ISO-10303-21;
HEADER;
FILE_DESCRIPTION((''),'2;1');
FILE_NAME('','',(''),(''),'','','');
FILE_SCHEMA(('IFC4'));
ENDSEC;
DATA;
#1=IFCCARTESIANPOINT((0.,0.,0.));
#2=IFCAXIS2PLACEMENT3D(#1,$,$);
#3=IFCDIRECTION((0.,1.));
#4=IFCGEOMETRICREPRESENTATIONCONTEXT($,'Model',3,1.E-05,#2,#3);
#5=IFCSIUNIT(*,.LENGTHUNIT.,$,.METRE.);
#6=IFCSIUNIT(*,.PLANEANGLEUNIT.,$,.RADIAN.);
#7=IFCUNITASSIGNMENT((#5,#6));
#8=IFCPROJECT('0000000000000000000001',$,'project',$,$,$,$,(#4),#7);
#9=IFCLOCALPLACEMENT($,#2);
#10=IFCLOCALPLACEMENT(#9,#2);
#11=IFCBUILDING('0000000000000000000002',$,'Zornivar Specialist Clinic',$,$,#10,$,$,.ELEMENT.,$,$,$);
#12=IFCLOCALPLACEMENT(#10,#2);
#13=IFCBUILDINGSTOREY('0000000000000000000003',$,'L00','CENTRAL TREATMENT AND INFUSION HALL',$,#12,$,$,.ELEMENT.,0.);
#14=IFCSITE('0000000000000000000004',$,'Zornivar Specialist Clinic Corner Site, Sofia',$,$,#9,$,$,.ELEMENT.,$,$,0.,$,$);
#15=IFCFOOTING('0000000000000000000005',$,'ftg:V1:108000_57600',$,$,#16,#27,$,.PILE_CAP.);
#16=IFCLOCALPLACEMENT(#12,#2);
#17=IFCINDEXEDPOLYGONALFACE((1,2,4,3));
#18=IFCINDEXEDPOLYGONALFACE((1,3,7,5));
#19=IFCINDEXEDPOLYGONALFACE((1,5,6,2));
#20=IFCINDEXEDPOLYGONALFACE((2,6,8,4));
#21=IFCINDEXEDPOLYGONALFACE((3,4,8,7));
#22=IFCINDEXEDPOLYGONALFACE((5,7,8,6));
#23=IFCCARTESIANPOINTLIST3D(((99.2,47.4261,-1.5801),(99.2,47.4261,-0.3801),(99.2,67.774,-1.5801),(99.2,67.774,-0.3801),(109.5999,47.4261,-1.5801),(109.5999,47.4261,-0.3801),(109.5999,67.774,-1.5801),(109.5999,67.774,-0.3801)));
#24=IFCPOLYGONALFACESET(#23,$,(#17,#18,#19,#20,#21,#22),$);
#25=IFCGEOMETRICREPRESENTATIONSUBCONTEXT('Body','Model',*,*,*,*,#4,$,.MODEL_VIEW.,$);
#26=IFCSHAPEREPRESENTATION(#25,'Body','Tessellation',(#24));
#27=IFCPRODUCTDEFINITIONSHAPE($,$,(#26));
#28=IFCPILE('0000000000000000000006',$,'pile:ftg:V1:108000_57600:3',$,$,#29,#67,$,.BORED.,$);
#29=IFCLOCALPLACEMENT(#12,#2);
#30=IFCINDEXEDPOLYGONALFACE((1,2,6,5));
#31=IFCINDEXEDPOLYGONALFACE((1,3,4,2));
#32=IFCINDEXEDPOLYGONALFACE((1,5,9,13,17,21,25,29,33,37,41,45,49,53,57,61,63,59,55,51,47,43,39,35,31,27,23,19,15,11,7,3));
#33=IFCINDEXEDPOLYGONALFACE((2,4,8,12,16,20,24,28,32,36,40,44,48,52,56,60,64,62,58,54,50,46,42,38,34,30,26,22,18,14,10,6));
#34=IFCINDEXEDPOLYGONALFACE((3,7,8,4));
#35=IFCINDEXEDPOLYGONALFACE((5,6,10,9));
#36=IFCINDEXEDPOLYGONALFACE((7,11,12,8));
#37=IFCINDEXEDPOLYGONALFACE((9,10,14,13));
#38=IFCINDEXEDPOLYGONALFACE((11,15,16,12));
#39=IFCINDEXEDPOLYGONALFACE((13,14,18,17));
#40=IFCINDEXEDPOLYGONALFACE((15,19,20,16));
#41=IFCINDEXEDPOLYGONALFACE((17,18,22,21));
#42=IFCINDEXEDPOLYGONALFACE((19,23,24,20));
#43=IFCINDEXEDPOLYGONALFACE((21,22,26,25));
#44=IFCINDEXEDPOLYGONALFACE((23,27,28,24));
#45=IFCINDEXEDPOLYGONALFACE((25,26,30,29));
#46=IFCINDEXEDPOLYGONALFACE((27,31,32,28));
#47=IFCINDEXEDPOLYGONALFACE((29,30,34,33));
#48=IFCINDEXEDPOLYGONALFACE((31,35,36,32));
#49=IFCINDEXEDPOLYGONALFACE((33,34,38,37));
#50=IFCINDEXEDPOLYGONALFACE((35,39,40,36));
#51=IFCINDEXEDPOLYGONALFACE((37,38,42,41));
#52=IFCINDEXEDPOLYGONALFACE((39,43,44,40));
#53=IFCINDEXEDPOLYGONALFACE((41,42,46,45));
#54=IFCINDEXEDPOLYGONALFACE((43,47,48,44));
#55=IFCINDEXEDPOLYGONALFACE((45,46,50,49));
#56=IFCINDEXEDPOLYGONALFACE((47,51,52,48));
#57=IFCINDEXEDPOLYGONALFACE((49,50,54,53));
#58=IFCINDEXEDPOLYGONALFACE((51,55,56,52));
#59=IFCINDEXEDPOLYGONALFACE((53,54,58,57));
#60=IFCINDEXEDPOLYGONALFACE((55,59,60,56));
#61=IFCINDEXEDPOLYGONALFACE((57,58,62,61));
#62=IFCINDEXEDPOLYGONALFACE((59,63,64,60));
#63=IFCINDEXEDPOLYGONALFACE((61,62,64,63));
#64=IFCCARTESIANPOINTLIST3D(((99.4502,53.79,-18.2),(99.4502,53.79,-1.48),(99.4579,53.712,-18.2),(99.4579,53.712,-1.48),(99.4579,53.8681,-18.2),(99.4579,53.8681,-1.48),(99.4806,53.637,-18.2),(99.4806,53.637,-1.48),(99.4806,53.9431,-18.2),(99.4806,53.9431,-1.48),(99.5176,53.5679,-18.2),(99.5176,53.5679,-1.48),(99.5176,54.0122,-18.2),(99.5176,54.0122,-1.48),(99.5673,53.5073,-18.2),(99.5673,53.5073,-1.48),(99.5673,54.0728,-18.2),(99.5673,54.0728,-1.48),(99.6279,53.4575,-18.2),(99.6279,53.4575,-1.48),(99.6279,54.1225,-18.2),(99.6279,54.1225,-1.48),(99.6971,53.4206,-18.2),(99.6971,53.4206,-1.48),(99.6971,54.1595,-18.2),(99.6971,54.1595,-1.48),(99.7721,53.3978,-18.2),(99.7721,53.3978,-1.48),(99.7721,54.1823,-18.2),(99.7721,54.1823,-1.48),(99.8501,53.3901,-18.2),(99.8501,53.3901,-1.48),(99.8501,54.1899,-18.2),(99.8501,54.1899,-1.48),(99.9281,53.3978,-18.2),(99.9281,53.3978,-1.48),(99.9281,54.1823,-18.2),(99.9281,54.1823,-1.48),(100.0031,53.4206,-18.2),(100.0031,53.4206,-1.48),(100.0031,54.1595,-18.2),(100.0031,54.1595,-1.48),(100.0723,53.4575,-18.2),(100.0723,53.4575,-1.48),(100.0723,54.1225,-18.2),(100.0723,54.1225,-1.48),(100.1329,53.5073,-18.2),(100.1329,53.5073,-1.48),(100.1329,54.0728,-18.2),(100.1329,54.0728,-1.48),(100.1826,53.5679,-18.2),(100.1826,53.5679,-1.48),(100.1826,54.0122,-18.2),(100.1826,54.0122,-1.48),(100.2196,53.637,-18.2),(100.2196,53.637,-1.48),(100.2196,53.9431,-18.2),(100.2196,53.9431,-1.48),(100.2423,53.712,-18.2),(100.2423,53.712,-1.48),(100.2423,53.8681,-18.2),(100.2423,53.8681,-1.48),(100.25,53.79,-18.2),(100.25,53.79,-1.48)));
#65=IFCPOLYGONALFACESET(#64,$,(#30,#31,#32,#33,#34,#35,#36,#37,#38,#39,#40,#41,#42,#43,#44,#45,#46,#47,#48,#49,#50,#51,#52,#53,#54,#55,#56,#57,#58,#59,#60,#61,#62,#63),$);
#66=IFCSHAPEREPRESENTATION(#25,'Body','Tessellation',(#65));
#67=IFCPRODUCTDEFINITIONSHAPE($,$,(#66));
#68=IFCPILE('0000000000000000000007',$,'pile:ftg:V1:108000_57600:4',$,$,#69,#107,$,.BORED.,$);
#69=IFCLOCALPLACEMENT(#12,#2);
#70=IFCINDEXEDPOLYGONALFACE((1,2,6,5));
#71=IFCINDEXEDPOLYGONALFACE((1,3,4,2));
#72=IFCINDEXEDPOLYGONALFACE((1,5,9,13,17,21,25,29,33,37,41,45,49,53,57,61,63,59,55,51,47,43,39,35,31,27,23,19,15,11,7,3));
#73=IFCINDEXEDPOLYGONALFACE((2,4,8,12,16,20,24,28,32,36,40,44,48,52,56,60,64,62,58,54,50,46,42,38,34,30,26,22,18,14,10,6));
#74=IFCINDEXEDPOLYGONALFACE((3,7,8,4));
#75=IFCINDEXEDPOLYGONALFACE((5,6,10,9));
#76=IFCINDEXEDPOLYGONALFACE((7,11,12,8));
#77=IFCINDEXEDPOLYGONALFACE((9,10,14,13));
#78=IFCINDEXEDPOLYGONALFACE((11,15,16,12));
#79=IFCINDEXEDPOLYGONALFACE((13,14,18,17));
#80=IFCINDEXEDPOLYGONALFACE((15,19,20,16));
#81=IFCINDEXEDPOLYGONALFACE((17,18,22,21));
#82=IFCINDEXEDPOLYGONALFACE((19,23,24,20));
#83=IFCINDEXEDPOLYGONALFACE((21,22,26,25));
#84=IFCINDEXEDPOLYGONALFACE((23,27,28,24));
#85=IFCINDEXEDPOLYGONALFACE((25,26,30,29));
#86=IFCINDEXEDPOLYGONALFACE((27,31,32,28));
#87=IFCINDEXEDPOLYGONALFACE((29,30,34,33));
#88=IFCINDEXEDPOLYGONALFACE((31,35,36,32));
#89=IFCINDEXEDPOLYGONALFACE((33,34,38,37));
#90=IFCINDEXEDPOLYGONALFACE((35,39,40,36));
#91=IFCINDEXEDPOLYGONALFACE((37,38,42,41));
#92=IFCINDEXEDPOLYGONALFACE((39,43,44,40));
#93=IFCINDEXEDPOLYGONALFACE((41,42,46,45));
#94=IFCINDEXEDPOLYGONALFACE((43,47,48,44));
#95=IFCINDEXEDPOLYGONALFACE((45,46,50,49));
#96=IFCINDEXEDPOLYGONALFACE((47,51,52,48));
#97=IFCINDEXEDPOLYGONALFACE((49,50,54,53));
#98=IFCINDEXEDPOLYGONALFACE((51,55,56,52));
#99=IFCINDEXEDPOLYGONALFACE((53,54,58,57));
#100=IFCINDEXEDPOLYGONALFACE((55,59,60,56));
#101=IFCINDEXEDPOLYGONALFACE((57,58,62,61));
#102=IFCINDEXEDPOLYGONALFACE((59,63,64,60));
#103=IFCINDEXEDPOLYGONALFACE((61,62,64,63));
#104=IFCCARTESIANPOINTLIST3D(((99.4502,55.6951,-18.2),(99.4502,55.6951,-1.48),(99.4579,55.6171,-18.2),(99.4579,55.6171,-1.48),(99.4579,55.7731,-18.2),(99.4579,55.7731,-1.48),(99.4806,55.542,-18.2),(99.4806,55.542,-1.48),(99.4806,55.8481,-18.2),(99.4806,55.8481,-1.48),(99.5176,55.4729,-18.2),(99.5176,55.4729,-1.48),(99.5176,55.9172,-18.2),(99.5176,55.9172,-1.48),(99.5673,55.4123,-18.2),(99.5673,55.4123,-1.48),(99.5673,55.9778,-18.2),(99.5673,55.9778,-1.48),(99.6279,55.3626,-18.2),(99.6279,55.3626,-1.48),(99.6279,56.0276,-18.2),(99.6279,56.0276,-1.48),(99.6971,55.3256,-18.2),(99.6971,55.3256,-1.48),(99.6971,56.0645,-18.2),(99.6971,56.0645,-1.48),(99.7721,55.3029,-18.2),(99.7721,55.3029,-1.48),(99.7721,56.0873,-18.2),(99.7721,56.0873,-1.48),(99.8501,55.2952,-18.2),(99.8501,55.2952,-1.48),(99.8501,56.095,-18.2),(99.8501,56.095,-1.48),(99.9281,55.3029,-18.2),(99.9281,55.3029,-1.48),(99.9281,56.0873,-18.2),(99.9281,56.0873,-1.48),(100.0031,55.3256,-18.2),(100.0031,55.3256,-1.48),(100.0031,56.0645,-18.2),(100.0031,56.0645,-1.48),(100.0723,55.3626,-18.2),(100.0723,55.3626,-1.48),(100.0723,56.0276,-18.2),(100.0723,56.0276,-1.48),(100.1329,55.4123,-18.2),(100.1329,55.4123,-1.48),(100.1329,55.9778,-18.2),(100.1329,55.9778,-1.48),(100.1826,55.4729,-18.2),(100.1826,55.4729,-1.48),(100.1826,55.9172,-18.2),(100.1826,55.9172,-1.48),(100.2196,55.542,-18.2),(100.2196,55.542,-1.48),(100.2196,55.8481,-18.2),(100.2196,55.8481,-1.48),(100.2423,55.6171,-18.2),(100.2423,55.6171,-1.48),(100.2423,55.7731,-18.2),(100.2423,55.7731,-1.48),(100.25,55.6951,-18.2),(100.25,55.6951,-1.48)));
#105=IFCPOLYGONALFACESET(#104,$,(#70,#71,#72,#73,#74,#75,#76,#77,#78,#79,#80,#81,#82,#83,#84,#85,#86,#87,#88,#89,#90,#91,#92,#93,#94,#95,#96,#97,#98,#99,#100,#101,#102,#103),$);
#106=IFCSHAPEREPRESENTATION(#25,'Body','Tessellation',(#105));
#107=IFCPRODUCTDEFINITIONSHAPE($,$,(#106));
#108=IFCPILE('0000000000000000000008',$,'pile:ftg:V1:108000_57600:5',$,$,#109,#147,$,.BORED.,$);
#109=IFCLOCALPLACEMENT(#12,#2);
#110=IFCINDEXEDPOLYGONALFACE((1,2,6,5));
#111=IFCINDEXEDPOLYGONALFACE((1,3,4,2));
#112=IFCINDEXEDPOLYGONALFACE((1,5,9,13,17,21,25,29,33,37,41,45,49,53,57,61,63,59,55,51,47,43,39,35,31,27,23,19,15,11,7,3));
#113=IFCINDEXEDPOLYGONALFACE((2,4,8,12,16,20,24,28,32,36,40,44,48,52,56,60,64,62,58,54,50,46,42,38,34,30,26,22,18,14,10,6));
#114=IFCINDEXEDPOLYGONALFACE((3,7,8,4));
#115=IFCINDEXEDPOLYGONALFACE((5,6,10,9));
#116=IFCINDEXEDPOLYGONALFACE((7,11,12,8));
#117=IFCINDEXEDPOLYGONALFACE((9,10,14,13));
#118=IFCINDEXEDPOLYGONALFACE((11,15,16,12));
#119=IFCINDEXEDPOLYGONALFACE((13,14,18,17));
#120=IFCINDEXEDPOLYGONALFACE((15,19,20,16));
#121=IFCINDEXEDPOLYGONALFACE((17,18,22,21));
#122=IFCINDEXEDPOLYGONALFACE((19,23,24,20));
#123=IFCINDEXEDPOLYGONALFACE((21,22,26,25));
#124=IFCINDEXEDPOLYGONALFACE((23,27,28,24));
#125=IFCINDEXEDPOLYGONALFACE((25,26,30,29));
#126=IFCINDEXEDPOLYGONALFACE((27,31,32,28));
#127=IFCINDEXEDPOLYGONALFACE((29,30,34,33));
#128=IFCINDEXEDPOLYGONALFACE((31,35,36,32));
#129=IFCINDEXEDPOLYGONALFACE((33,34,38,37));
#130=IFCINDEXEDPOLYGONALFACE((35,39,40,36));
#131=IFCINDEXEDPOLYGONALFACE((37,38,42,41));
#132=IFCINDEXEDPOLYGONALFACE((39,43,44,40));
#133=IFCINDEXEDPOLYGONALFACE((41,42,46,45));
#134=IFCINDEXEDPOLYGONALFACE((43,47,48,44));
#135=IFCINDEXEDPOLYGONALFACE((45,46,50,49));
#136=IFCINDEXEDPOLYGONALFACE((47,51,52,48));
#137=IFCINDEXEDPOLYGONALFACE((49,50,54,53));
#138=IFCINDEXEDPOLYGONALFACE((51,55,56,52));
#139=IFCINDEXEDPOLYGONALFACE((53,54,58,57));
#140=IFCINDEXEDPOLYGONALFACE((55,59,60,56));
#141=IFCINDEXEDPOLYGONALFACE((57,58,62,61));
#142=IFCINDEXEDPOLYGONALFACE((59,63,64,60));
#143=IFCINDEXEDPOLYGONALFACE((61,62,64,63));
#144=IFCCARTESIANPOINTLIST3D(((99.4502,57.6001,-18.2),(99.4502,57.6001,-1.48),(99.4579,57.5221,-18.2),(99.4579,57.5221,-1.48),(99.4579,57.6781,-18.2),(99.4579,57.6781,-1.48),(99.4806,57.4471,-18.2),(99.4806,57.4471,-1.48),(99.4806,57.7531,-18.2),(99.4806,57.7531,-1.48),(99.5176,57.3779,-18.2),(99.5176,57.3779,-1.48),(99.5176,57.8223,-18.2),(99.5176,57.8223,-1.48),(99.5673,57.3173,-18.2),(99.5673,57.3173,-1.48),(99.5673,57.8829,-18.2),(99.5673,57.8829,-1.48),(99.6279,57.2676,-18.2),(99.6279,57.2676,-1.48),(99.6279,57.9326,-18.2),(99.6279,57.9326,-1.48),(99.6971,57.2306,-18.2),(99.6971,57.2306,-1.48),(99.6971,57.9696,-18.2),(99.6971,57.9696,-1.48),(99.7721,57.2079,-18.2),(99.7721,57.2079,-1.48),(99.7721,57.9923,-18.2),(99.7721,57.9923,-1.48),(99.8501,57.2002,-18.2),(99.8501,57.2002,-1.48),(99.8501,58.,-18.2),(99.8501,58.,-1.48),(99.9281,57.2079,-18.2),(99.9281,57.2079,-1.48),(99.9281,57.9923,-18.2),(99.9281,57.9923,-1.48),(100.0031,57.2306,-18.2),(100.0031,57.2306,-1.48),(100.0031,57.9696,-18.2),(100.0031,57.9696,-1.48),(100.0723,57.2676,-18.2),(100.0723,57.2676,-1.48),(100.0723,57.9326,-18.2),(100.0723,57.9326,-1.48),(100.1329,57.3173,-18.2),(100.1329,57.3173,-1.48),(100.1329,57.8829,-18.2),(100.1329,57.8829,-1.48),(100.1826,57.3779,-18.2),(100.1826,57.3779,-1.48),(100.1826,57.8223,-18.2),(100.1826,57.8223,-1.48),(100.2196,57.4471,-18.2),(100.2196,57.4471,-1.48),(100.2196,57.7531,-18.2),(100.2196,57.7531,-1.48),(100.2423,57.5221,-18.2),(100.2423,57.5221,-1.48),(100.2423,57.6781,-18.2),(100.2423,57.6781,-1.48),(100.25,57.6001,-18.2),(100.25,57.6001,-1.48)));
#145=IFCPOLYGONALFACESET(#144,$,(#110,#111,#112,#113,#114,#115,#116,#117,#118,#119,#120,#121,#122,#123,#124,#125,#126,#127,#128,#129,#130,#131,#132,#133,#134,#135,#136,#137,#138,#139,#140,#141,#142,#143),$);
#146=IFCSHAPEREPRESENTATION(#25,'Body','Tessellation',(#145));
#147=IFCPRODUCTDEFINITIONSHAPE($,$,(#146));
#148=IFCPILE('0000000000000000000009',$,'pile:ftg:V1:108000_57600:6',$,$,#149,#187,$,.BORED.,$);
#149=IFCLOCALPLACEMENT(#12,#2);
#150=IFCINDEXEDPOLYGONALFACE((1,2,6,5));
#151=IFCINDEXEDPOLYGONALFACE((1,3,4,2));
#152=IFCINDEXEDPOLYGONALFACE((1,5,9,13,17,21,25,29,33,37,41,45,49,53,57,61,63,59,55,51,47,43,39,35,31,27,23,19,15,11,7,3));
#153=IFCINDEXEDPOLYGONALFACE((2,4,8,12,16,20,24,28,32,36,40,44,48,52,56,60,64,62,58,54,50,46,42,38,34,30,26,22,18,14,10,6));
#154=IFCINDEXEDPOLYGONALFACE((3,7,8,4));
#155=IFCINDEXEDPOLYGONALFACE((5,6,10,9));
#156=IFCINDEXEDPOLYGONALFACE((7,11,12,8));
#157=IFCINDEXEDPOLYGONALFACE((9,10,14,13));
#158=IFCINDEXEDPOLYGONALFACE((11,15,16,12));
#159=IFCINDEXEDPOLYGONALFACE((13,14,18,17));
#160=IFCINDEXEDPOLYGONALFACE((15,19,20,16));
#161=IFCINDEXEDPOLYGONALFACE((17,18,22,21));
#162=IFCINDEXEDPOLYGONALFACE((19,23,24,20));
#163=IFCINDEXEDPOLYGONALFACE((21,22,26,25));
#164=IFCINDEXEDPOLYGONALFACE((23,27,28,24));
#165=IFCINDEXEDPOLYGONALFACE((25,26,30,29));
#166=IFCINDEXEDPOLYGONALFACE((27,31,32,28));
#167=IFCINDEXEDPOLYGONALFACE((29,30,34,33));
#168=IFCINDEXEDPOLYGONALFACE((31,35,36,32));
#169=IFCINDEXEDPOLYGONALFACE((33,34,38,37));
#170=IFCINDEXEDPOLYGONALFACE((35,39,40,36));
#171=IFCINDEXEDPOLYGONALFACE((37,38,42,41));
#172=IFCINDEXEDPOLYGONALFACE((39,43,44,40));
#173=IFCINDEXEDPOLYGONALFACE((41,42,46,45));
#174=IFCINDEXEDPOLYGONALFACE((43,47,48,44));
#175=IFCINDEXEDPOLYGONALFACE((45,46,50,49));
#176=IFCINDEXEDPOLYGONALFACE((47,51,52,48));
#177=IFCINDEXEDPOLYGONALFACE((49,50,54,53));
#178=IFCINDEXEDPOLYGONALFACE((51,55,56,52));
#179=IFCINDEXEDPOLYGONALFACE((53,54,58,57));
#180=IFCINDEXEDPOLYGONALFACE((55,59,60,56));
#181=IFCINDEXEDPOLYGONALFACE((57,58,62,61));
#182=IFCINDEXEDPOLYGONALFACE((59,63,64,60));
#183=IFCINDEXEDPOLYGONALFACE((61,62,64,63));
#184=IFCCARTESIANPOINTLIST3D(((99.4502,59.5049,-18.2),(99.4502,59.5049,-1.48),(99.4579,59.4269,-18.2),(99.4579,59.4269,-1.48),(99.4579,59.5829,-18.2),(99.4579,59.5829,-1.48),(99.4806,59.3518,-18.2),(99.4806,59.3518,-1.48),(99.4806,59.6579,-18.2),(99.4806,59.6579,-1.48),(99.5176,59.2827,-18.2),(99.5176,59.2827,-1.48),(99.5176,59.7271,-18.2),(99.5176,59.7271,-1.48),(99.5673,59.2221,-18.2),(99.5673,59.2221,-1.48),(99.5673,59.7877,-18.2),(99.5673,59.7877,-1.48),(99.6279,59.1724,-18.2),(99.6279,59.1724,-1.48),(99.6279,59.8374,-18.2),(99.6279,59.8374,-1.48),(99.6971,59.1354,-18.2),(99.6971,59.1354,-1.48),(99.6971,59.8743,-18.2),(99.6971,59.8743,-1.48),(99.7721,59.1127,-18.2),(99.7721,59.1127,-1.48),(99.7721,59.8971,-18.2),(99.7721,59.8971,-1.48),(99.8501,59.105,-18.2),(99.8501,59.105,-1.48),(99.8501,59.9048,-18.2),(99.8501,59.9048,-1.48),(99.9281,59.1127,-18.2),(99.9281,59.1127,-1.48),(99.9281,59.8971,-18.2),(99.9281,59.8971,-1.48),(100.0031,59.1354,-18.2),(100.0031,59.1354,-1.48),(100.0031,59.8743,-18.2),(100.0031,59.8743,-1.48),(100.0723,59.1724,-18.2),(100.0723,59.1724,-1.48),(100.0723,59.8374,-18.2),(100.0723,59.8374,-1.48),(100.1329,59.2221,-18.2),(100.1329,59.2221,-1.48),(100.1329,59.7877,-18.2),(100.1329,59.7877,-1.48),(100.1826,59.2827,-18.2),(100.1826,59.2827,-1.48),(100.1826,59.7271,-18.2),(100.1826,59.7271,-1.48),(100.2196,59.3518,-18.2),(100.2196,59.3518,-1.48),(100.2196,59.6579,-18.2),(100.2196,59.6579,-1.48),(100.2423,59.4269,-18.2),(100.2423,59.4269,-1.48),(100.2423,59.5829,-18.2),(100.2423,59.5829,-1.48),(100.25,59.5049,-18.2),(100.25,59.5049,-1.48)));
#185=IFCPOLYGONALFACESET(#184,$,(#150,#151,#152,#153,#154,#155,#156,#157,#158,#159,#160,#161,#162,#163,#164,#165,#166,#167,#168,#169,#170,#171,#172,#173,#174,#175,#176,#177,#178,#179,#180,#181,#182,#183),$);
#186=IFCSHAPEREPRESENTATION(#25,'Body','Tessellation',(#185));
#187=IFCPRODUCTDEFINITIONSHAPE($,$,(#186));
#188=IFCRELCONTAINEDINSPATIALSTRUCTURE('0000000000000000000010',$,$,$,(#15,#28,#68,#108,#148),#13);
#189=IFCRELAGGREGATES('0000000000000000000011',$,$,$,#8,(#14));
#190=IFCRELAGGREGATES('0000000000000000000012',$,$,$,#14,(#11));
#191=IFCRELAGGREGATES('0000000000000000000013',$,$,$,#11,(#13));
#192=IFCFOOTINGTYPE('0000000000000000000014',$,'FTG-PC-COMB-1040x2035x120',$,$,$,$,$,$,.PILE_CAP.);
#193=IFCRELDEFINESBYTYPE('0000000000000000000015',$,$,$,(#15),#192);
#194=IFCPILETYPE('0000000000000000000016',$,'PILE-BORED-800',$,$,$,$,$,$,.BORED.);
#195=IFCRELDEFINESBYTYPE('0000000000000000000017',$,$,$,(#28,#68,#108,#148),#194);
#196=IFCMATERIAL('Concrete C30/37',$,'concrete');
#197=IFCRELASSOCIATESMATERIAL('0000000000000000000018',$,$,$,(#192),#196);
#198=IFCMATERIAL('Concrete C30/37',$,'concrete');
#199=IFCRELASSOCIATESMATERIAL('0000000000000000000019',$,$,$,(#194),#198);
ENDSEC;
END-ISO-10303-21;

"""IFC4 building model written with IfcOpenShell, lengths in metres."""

from ifc_helpers import new_model, si_unit, direction, frame, origin, origin_2d, place, context, subcontext, project, spatial, rectangle, circle, extrude, material, material_profile, profile_set, type_object, element, save


model = new_model("IFC4")

# Units and contexts
model_context = context("Model", 3, precision=1e-05, world=origin(), true_north=direction((0.0, 1.0)))
body_context = subcontext(model_context, "Body", "Model", "MODEL_VIEW")
ifc_project = project(units=[si_unit("LENGTHUNIT", "METRE"), si_unit("PLANEANGLEUNIT", "RADIAN")], contexts=[model_context])

# Site, building, storey
site_placement = place(None, origin())
site = spatial("IfcSite", under=ifc_project, at=site_placement, Name="Zornivar Specialist Clinic Corner Site, Sofia", CompositionType="ELEMENT", RefElevation=0.0)
building_placement = place(site_placement, origin())
building = spatial("IfcBuilding", under=site, at=building_placement, Name="Zornivar Specialist Clinic", CompositionType="ELEMENT")
storey_placement = place(building_placement, origin())
storey = spatial("IfcBuildingStorey", under=building, at=storey_placement, Name="L00", Description="CENTRAL TREATMENT AND INFUSION HALL", CompositionType="ELEMENT", Elevation=0.0)

# Footing
ifc_material_1 = material(Name="Concrete C30/37", Category="concrete")
footing_type = type_object("IfcFootingType", Name="FTG-PC-COMB-1040x2035x120", PredefinedType="PILE_CAP", material=ifc_material_1)
footing_placement = place(storey_placement, frame((104.3999, 57.6001, -1.5801), z_axis=(0.0, 0.0, 1.0), x_axis=(1.0, 0.0, 0.0)))
element("IfcFooting", 1, at=footing_placement, inside=storey, type_object=footing_type, Name="ftg:V1:108000_57600", PredefinedType="PILE_CAP", context=body_context, shape_type="SweptSolid", body=[
    extrude(rectangle(XDim=10.3999, YDim=20.3479, at=origin_2d()), origin(), (0.0, 0.0, 1.0), 1.2),
])

# Piles
ifc_material_2 = material(Name="Concrete C30/37", Category="concrete")
ifc_material_profile_1 = material_profile(ifc_material_2, circle(Radius=0.3999, at=origin_2d()), Name="PILE D800")
ifc_profile_set_1 = profile_set([ifc_material_profile_1], Name="Concrete C30/37")
pile_type = type_object("IfcPileType", Name="PILE-BORED-800", PredefinedType="BORED", material=ifc_profile_set_1)
for number, where, z_axis, x_axis, name in (
    (2, (99.8501, 53.79, -1.48), (0.0, 0.0, -1.0), (1.0, 0.0, 0.0), "pile:ftg:V1:108000_57600:3"),
    (3, (99.8501, 55.6951, -1.48), (0.0, 0.0, -1.0), (1.0, 0.0, 0.0), "pile:ftg:V1:108000_57600:4"),
    (4, (99.8501, 57.6001, -1.48), (0.0, 0.0, -1.0), (1.0, 0.0, 0.0), "pile:ftg:V1:108000_57600:5"),
    (5, (99.8501, 59.5049, -1.48), (0.0, 0.0, -1.0), (1.0, 0.0, 0.0), "pile:ftg:V1:108000_57600:6"),
):
    element("IfcPile", number, at=place(storey_placement, frame(where, z_axis=z_axis, x_axis=x_axis)), inside=storey, type_object=pile_type, Name=name, PredefinedType="BORED", context=body_context, shape_type="SweptSolid", body=[
        extrude(circle(Radius=0.3999, at=origin_2d()), origin(), (0.0, 0.0, 1.0), 16.72),
    ])

save(model, "model.ifc")
